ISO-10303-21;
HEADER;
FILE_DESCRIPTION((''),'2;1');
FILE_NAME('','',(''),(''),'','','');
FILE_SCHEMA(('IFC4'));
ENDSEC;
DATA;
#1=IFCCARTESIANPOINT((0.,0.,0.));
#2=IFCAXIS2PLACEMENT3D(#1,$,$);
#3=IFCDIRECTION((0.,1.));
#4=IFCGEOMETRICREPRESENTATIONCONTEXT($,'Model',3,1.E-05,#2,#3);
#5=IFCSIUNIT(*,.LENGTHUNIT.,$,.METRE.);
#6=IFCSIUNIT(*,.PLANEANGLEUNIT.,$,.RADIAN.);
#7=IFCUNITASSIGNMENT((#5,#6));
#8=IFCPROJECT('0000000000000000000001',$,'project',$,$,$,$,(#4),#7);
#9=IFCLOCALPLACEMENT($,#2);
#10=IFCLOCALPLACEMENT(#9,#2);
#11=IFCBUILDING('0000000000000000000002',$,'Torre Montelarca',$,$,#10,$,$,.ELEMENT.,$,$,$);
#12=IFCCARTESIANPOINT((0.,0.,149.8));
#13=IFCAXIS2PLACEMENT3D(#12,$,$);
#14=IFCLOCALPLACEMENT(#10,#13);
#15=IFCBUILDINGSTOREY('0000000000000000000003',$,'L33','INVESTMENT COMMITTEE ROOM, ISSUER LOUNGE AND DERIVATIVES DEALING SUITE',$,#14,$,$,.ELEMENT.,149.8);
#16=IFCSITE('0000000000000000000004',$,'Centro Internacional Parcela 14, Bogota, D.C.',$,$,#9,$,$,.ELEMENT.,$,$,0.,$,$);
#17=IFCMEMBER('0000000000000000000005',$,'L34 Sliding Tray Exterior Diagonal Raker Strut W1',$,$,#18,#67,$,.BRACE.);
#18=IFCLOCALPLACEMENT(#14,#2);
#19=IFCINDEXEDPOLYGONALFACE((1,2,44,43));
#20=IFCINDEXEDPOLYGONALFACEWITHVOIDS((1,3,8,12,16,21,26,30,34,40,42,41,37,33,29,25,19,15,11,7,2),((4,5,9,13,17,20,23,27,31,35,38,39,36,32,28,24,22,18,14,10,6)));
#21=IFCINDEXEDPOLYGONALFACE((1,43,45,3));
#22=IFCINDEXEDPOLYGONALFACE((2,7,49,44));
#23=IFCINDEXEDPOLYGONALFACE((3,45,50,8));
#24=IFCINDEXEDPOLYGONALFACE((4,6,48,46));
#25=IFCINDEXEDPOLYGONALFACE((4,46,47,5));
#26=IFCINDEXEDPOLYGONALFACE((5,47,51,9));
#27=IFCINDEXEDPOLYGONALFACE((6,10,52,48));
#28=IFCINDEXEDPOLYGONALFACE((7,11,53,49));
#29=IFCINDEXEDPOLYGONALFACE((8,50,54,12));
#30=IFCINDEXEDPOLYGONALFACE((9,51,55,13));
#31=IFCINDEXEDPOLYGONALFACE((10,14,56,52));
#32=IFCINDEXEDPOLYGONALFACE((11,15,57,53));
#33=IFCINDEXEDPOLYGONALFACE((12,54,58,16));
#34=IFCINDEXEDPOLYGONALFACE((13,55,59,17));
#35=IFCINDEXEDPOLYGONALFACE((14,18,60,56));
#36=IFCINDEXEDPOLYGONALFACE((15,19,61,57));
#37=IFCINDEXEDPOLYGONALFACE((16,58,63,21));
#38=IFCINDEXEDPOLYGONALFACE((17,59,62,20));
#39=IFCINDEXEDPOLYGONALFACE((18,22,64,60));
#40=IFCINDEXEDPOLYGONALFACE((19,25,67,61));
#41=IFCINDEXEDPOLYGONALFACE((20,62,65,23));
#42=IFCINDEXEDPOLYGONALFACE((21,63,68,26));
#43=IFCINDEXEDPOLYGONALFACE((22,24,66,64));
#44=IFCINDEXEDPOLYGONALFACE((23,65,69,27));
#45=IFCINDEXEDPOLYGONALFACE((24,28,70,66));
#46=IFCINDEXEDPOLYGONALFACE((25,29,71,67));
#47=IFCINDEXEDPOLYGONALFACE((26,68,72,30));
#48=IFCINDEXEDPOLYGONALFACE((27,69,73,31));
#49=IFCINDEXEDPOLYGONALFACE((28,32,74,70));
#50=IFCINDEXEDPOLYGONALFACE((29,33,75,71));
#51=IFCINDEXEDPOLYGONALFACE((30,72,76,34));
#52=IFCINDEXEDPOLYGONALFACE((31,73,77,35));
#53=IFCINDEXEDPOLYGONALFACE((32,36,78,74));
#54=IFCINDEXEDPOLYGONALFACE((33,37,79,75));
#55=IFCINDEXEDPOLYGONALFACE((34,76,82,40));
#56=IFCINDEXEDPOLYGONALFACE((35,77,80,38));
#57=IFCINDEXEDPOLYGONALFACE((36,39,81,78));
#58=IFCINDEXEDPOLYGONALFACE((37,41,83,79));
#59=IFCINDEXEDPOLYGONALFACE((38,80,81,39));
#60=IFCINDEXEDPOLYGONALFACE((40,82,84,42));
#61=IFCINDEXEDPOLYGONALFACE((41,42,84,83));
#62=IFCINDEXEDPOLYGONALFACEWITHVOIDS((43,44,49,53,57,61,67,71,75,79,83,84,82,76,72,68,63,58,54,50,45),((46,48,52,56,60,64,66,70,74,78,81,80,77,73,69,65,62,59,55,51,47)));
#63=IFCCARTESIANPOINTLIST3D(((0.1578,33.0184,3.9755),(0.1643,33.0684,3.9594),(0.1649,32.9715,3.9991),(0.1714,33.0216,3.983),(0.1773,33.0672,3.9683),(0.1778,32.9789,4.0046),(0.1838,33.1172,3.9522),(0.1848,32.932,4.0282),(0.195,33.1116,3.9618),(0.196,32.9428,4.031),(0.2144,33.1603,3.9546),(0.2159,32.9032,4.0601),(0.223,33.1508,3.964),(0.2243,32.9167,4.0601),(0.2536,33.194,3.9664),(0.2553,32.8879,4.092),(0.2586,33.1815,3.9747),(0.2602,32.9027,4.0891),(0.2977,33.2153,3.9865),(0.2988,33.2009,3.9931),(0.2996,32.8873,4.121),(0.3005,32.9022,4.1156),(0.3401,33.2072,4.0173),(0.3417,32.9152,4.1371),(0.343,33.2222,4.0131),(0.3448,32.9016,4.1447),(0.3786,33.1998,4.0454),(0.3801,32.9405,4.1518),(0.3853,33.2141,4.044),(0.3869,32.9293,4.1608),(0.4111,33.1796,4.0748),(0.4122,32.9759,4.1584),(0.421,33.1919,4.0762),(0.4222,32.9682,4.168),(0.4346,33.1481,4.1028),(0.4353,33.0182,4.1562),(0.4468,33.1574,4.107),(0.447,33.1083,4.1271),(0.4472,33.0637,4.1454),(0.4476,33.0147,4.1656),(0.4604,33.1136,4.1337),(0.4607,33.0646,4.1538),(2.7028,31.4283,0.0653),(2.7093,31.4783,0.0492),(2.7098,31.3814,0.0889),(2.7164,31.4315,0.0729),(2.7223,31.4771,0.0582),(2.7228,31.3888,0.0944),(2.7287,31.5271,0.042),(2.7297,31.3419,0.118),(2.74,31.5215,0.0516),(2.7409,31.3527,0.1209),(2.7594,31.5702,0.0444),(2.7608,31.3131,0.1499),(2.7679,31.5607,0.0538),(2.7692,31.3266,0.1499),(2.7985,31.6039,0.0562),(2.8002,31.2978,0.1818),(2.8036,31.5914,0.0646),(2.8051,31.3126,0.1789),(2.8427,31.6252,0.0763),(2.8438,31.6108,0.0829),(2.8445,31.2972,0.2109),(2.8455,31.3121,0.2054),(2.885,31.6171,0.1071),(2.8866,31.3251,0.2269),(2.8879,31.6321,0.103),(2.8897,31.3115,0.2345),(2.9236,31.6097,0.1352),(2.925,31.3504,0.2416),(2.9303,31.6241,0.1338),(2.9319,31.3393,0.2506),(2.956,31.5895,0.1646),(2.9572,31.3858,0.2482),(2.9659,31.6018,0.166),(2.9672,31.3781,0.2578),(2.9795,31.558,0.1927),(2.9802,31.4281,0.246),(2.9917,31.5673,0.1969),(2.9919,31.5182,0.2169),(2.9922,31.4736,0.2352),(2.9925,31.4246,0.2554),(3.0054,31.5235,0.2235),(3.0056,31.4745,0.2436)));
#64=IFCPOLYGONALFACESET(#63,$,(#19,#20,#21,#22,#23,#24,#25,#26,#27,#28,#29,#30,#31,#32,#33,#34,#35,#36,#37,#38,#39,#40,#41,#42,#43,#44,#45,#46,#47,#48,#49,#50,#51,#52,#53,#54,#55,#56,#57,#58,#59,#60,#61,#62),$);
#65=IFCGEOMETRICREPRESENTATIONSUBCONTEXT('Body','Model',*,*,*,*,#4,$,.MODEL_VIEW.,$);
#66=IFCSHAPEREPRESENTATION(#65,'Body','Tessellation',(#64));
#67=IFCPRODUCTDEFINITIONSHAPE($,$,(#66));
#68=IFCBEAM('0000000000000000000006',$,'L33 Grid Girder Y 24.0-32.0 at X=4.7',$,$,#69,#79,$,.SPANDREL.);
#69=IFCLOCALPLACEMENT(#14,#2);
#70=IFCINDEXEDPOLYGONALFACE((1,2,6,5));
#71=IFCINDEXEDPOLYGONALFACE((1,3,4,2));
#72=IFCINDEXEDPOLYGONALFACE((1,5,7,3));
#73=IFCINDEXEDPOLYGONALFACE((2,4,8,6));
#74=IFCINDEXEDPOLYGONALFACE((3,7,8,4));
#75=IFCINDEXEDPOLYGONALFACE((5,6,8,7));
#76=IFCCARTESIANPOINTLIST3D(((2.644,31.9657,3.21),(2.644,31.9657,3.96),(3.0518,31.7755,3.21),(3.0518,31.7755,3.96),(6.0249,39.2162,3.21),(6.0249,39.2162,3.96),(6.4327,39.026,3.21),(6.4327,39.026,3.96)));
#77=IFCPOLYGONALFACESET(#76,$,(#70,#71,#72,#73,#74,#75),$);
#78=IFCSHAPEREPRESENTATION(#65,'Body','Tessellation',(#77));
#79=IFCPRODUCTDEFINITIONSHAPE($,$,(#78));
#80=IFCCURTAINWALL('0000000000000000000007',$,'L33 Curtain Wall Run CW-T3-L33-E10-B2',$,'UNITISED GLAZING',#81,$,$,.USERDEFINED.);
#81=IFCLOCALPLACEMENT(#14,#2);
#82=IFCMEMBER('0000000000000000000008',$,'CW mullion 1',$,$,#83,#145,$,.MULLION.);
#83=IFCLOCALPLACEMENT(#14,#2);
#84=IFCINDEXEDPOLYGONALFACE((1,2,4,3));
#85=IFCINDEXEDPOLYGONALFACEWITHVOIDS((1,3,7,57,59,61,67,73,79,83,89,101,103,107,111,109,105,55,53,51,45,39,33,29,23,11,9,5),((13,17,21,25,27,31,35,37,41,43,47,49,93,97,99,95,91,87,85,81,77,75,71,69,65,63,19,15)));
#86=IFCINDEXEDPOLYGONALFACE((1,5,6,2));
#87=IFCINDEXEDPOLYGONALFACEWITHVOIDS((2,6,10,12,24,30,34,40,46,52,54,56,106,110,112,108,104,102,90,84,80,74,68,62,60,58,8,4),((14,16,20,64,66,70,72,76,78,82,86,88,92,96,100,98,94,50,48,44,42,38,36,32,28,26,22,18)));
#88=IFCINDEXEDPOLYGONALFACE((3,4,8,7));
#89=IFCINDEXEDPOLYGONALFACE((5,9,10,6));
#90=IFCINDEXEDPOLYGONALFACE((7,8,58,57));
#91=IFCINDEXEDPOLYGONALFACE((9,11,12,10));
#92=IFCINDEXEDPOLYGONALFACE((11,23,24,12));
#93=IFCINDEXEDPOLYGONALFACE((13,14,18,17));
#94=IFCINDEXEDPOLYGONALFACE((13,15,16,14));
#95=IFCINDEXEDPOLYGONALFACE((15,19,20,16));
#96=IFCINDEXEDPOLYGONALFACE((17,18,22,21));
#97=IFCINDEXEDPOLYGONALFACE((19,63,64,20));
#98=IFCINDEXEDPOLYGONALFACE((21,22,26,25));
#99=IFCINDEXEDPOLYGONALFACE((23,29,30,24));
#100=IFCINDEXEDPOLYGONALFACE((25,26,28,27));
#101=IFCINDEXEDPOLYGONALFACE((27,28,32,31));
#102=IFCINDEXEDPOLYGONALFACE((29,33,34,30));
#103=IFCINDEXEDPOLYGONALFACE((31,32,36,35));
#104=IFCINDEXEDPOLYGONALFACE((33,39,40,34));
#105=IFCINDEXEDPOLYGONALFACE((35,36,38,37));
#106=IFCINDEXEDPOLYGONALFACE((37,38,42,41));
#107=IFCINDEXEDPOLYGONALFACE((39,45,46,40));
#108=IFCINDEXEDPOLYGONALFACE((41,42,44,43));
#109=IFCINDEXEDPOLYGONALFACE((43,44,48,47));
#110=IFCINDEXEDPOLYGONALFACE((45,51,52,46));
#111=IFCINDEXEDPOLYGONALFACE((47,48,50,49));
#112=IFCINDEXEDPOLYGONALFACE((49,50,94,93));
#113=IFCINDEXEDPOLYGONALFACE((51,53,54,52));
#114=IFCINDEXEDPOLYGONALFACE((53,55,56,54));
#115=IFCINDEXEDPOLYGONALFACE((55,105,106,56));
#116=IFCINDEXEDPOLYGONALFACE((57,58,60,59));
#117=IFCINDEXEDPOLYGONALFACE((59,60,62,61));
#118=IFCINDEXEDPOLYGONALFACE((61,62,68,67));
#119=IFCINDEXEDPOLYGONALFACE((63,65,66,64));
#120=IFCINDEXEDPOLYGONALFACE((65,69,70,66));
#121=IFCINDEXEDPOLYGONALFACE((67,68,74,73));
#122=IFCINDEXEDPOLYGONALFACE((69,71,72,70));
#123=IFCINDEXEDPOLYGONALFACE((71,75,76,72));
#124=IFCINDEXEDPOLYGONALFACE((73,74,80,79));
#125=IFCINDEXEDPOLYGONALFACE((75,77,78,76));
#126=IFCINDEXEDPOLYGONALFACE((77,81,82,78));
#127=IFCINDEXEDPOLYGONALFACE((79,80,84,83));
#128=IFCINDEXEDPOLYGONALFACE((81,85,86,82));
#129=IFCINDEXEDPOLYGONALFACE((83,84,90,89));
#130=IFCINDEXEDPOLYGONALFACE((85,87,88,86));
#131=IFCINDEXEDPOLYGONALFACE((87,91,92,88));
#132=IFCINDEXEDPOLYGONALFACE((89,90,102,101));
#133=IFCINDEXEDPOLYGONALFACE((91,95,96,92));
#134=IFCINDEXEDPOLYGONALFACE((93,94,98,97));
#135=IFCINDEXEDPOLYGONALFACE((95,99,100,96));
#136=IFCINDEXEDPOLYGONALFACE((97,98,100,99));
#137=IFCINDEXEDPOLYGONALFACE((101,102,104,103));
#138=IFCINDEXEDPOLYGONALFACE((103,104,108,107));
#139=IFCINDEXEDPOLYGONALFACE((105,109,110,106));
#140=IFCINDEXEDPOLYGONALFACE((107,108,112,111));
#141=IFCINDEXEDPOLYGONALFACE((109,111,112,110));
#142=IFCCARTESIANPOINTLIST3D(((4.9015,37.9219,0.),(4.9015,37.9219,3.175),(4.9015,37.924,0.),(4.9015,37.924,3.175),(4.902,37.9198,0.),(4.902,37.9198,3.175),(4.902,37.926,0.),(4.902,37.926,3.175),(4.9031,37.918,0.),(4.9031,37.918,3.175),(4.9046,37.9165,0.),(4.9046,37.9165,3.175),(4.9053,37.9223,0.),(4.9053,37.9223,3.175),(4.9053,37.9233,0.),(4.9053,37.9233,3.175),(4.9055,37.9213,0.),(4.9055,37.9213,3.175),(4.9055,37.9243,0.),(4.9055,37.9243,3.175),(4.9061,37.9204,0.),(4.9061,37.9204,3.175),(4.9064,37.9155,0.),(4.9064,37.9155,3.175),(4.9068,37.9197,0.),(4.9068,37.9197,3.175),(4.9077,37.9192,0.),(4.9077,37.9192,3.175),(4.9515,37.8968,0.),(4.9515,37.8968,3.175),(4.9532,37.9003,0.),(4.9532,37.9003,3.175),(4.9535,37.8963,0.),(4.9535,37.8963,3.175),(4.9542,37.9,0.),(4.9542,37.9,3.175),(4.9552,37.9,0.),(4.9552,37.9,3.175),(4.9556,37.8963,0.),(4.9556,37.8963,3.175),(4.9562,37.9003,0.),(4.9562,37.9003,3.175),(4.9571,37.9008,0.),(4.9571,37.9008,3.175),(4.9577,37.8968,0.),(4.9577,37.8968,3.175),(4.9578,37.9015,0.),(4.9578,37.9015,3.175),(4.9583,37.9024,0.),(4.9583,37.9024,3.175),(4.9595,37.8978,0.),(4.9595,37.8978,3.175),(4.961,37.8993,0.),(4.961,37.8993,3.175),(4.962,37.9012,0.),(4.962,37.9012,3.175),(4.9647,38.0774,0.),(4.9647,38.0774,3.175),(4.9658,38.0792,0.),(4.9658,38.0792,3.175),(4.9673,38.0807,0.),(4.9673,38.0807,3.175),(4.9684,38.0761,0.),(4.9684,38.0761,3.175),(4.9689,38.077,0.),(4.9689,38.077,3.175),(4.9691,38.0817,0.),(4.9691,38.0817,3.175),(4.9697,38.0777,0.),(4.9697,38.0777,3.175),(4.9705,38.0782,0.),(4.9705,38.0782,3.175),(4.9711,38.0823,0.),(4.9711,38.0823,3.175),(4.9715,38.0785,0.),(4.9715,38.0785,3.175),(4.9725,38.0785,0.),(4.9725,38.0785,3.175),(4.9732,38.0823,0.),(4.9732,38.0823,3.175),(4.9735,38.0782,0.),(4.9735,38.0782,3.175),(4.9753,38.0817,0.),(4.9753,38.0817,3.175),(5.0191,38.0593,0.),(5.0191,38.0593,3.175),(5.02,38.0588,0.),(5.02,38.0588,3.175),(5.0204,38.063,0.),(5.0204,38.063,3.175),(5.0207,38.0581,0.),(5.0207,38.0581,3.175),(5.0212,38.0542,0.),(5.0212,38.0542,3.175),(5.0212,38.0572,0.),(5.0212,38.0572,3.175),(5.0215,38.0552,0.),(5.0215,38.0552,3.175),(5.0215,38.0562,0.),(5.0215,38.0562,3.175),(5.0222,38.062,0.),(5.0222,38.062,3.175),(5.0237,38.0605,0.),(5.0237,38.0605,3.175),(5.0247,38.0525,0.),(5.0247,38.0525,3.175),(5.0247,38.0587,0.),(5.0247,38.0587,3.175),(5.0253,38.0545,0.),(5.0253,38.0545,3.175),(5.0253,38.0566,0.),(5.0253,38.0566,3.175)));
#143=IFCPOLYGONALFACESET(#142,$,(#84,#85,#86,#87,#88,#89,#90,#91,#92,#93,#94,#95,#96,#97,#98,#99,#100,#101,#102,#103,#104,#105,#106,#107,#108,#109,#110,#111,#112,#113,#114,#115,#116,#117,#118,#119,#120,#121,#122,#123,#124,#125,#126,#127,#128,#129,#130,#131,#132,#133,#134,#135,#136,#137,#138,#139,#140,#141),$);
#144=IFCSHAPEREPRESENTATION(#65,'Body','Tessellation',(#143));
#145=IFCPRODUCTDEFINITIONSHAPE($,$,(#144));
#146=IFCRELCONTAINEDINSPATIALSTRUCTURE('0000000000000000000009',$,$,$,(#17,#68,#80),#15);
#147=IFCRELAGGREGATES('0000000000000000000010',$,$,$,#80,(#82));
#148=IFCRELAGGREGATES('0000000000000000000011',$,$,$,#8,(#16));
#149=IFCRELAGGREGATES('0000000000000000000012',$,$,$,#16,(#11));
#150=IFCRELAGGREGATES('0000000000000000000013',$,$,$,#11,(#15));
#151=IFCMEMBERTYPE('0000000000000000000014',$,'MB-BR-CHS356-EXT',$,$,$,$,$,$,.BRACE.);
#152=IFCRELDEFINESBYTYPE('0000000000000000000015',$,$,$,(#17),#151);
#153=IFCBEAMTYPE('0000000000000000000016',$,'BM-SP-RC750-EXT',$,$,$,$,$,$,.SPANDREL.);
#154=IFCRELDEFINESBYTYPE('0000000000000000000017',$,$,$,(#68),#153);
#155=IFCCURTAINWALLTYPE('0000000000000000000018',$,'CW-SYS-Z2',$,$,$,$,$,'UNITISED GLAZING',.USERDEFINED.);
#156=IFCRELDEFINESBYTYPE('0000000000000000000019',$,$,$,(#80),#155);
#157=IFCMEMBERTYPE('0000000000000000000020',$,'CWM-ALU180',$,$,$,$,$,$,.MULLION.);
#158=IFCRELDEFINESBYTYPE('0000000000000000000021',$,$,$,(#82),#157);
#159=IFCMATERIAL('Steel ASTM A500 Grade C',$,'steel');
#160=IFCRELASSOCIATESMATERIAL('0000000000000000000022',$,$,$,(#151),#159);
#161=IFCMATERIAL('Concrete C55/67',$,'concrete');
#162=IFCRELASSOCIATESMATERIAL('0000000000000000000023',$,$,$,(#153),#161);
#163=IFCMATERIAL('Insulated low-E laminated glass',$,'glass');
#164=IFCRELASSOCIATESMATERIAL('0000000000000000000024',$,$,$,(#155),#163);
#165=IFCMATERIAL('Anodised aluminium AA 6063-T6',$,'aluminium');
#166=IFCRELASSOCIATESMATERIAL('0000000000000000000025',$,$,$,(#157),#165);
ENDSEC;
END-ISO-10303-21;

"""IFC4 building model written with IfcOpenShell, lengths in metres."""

from ifc_helpers import new_model, si_unit, direction, frame, origin, origin_2d, place, context, subcontext, project, spatial, rectangle, hollow_rectangle, hollow_circle, extrude, source, transform, mapped, material, material_profile, profile_set, type_object, element, aggregate, save


model = new_model("IFC4")

# Units and contexts
model_context = context("Model", 3, precision=1e-05, world=origin(), true_north=direction((0.0, 1.0)))
body_context = subcontext(model_context, "Body", "Model", "MODEL_VIEW")
ifc_project = project(units=[si_unit("LENGTHUNIT", "METRE"), si_unit("PLANEANGLEUNIT", "RADIAN")], contexts=[model_context])

# Site, building, storey
site_placement = place(None, origin())
site = spatial("IfcSite", under=ifc_project, at=site_placement, Name="Centro Internacional Parcela 14, Bogota, D.C.", CompositionType="ELEMENT", RefElevation=0.0)
building_placement = place(site_placement, origin())
building = spatial("IfcBuilding", under=site, at=building_placement, Name="Torre Montelarca", CompositionType="ELEMENT")
storey_placement = place(building_placement, frame((0.0, 0.0, 149.8)))
storey = spatial("IfcBuildingStorey", under=building, at=storey_placement, Name="L33", Description="INVESTMENT COMMITTEE ROOM, ISSUER LOUNGE AND DERIVATIVES DEALING SUITE", CompositionType="ELEMENT", Elevation=149.8)

# Member
ifc_material_1 = material(Name="Steel ASTM A500 Grade C", Category="steel")
ifc_material_profile_1 = material_profile(ifc_material_1, hollow_circle(Radius=0.1777, WallThickness=0.0159, at=origin_2d()), Name="HSS355.6X15.9", Category="steel")
ifc_profile_set_1 = profile_set([ifc_material_profile_1], Name="Steel ASTM A500 Grade C")
member_type_1 = type_object("IfcMemberType", Name="MB-BR-CHS356-EXT", PredefinedType="BRACE", material=ifc_profile_set_1)
shared_shape_1 = source(origin(), body_context, "Body", "SweptSolid", [
    extrude(hollow_circle(Radius=0.1777, WallThickness=0.0159, at=origin_2d()), origin(), (0.0, 0.0, 1.0), 4.929),
])
member_1_placement = place(storey_placement, frame((2.855, 31.4639, 0.1499), z_axis=(-0.516324, 0.322603, 0.793308), x_axis=(-0.529882, -0.848071, 0.0)))
element("IfcMember", 1, at=member_1_placement, inside=storey, type_object=member_type_1, Name="L34 Sliding Tray Exterior Diagonal Raker Strut W1", PredefinedType="BRACE", context=body_context, shape_type="MappedRepresentation", body=[
    mapped(shared_shape_1, transform((0.0, 0.0, 0.0), scale=1.0)),
])

# Beam
ifc_material_2 = material(Name="Concrete C55/67", Category="concrete")
ifc_material_profile_2 = material_profile(ifc_material_2, rectangle(XDim=0.45, YDim=0.75, at=origin_2d()), Name="RCB450X750", Category="concrete")
ifc_profile_set_2 = profile_set([ifc_material_profile_2], Name="Concrete C55/67")
beam_type = type_object("IfcBeamType", Name="BM-SP-RC750-EXT", PredefinedType="SPANDREL", material=ifc_profile_set_2)
shared_shape_2 = source(origin(), body_context, "Body", "SweptSolid", [
    extrude(rectangle(XDim=0.45, YDim=0.75, at=origin_2d()), origin(), (0.0, 0.0, 1.0), 8.0),
])
beam_placement = place(storey_placement, frame((2.8479, 31.8706, 3.585), z_axis=(0.422608, 0.906313, 0.0), x_axis=(-0.906313, 0.422608, 0.0)))
element("IfcBeam", 2, at=beam_placement, inside=storey, type_object=beam_type, Name="L33 Grid Girder Y 24.0-32.0 at X=4.7", PredefinedType="SPANDREL", context=body_context, shape_type="MappedRepresentation", body=[
    mapped(shared_shape_2, transform((0.0, 0.0, 0.0), scale=1.0)),
])

# Curtain wall, member
ifc_material_3 = material(Name="Insulated low-E laminated glass", Category="glass")
curtain_wall_type = type_object("IfcCurtainWallType", Name="CW-SYS-Z2", ElementType="UNITISED GLAZING", PredefinedType="USERDEFINED", material=ifc_material_3)
curtain_wall_1_placement = place(storey_placement, origin())
curtain_wall_1 = element("IfcCurtainWall", 3, at=curtain_wall_1_placement, inside=storey, type_object=curtain_wall_type, Name="L33 Curtain Wall Run CW-T3-L33-E10-B2", ObjectType="UNITISED GLAZING", PredefinedType="USERDEFINED")
ifc_material_4 = material(Name="Anodised aluminium AA 6063-T6", Category="aluminium")
ifc_material_profile_3 = material_profile(ifc_material_4, hollow_rectangle(XDim=0.0649, YDim=0.1799, WallThickness=0.0039, InnerFilletRadius=0.0039, OuterFilletRadius=0.0081, at=origin_2d()), Name="ALU65X180X4", Category="aluminium")
ifc_profile_set_3 = profile_set([ifc_material_profile_3], Name="Anodised aluminium AA 6063-T6")
member_type_2 = type_object("IfcMemberType", Name="CWM-ALU180", PredefinedType="MULLION", material=ifc_profile_set_3)
shared_shape_3 = source(origin(), body_context, "Body", "SweptSolid", [
    extrude(hollow_rectangle(XDim=0.0649, YDim=0.1799, WallThickness=0.0039, InnerFilletRadius=0.0039, OuterFilletRadius=0.0081, at=origin_2d()), origin(), (0.0, 0.0, 1.0), 3.175),
])
member_2_placement = place(storey_placement, frame((4.9634, 37.9893, 0.0), z_axis=(0.0, 0.0, 1.0), x_axis=(0.923879, -0.382685, 0.0)))
member_2 = element("IfcMember", 4, at=member_2_placement, type_object=member_type_2, Name="CW mullion 1", PredefinedType="MULLION", context=body_context, shape_type="MappedRepresentation", body=[
    mapped(shared_shape_3, transform((0.0, 0.0, 0.0), scale=1.0)),
])

aggregate(curtain_wall_1, [member_2])

save(model, "model.ifc")
